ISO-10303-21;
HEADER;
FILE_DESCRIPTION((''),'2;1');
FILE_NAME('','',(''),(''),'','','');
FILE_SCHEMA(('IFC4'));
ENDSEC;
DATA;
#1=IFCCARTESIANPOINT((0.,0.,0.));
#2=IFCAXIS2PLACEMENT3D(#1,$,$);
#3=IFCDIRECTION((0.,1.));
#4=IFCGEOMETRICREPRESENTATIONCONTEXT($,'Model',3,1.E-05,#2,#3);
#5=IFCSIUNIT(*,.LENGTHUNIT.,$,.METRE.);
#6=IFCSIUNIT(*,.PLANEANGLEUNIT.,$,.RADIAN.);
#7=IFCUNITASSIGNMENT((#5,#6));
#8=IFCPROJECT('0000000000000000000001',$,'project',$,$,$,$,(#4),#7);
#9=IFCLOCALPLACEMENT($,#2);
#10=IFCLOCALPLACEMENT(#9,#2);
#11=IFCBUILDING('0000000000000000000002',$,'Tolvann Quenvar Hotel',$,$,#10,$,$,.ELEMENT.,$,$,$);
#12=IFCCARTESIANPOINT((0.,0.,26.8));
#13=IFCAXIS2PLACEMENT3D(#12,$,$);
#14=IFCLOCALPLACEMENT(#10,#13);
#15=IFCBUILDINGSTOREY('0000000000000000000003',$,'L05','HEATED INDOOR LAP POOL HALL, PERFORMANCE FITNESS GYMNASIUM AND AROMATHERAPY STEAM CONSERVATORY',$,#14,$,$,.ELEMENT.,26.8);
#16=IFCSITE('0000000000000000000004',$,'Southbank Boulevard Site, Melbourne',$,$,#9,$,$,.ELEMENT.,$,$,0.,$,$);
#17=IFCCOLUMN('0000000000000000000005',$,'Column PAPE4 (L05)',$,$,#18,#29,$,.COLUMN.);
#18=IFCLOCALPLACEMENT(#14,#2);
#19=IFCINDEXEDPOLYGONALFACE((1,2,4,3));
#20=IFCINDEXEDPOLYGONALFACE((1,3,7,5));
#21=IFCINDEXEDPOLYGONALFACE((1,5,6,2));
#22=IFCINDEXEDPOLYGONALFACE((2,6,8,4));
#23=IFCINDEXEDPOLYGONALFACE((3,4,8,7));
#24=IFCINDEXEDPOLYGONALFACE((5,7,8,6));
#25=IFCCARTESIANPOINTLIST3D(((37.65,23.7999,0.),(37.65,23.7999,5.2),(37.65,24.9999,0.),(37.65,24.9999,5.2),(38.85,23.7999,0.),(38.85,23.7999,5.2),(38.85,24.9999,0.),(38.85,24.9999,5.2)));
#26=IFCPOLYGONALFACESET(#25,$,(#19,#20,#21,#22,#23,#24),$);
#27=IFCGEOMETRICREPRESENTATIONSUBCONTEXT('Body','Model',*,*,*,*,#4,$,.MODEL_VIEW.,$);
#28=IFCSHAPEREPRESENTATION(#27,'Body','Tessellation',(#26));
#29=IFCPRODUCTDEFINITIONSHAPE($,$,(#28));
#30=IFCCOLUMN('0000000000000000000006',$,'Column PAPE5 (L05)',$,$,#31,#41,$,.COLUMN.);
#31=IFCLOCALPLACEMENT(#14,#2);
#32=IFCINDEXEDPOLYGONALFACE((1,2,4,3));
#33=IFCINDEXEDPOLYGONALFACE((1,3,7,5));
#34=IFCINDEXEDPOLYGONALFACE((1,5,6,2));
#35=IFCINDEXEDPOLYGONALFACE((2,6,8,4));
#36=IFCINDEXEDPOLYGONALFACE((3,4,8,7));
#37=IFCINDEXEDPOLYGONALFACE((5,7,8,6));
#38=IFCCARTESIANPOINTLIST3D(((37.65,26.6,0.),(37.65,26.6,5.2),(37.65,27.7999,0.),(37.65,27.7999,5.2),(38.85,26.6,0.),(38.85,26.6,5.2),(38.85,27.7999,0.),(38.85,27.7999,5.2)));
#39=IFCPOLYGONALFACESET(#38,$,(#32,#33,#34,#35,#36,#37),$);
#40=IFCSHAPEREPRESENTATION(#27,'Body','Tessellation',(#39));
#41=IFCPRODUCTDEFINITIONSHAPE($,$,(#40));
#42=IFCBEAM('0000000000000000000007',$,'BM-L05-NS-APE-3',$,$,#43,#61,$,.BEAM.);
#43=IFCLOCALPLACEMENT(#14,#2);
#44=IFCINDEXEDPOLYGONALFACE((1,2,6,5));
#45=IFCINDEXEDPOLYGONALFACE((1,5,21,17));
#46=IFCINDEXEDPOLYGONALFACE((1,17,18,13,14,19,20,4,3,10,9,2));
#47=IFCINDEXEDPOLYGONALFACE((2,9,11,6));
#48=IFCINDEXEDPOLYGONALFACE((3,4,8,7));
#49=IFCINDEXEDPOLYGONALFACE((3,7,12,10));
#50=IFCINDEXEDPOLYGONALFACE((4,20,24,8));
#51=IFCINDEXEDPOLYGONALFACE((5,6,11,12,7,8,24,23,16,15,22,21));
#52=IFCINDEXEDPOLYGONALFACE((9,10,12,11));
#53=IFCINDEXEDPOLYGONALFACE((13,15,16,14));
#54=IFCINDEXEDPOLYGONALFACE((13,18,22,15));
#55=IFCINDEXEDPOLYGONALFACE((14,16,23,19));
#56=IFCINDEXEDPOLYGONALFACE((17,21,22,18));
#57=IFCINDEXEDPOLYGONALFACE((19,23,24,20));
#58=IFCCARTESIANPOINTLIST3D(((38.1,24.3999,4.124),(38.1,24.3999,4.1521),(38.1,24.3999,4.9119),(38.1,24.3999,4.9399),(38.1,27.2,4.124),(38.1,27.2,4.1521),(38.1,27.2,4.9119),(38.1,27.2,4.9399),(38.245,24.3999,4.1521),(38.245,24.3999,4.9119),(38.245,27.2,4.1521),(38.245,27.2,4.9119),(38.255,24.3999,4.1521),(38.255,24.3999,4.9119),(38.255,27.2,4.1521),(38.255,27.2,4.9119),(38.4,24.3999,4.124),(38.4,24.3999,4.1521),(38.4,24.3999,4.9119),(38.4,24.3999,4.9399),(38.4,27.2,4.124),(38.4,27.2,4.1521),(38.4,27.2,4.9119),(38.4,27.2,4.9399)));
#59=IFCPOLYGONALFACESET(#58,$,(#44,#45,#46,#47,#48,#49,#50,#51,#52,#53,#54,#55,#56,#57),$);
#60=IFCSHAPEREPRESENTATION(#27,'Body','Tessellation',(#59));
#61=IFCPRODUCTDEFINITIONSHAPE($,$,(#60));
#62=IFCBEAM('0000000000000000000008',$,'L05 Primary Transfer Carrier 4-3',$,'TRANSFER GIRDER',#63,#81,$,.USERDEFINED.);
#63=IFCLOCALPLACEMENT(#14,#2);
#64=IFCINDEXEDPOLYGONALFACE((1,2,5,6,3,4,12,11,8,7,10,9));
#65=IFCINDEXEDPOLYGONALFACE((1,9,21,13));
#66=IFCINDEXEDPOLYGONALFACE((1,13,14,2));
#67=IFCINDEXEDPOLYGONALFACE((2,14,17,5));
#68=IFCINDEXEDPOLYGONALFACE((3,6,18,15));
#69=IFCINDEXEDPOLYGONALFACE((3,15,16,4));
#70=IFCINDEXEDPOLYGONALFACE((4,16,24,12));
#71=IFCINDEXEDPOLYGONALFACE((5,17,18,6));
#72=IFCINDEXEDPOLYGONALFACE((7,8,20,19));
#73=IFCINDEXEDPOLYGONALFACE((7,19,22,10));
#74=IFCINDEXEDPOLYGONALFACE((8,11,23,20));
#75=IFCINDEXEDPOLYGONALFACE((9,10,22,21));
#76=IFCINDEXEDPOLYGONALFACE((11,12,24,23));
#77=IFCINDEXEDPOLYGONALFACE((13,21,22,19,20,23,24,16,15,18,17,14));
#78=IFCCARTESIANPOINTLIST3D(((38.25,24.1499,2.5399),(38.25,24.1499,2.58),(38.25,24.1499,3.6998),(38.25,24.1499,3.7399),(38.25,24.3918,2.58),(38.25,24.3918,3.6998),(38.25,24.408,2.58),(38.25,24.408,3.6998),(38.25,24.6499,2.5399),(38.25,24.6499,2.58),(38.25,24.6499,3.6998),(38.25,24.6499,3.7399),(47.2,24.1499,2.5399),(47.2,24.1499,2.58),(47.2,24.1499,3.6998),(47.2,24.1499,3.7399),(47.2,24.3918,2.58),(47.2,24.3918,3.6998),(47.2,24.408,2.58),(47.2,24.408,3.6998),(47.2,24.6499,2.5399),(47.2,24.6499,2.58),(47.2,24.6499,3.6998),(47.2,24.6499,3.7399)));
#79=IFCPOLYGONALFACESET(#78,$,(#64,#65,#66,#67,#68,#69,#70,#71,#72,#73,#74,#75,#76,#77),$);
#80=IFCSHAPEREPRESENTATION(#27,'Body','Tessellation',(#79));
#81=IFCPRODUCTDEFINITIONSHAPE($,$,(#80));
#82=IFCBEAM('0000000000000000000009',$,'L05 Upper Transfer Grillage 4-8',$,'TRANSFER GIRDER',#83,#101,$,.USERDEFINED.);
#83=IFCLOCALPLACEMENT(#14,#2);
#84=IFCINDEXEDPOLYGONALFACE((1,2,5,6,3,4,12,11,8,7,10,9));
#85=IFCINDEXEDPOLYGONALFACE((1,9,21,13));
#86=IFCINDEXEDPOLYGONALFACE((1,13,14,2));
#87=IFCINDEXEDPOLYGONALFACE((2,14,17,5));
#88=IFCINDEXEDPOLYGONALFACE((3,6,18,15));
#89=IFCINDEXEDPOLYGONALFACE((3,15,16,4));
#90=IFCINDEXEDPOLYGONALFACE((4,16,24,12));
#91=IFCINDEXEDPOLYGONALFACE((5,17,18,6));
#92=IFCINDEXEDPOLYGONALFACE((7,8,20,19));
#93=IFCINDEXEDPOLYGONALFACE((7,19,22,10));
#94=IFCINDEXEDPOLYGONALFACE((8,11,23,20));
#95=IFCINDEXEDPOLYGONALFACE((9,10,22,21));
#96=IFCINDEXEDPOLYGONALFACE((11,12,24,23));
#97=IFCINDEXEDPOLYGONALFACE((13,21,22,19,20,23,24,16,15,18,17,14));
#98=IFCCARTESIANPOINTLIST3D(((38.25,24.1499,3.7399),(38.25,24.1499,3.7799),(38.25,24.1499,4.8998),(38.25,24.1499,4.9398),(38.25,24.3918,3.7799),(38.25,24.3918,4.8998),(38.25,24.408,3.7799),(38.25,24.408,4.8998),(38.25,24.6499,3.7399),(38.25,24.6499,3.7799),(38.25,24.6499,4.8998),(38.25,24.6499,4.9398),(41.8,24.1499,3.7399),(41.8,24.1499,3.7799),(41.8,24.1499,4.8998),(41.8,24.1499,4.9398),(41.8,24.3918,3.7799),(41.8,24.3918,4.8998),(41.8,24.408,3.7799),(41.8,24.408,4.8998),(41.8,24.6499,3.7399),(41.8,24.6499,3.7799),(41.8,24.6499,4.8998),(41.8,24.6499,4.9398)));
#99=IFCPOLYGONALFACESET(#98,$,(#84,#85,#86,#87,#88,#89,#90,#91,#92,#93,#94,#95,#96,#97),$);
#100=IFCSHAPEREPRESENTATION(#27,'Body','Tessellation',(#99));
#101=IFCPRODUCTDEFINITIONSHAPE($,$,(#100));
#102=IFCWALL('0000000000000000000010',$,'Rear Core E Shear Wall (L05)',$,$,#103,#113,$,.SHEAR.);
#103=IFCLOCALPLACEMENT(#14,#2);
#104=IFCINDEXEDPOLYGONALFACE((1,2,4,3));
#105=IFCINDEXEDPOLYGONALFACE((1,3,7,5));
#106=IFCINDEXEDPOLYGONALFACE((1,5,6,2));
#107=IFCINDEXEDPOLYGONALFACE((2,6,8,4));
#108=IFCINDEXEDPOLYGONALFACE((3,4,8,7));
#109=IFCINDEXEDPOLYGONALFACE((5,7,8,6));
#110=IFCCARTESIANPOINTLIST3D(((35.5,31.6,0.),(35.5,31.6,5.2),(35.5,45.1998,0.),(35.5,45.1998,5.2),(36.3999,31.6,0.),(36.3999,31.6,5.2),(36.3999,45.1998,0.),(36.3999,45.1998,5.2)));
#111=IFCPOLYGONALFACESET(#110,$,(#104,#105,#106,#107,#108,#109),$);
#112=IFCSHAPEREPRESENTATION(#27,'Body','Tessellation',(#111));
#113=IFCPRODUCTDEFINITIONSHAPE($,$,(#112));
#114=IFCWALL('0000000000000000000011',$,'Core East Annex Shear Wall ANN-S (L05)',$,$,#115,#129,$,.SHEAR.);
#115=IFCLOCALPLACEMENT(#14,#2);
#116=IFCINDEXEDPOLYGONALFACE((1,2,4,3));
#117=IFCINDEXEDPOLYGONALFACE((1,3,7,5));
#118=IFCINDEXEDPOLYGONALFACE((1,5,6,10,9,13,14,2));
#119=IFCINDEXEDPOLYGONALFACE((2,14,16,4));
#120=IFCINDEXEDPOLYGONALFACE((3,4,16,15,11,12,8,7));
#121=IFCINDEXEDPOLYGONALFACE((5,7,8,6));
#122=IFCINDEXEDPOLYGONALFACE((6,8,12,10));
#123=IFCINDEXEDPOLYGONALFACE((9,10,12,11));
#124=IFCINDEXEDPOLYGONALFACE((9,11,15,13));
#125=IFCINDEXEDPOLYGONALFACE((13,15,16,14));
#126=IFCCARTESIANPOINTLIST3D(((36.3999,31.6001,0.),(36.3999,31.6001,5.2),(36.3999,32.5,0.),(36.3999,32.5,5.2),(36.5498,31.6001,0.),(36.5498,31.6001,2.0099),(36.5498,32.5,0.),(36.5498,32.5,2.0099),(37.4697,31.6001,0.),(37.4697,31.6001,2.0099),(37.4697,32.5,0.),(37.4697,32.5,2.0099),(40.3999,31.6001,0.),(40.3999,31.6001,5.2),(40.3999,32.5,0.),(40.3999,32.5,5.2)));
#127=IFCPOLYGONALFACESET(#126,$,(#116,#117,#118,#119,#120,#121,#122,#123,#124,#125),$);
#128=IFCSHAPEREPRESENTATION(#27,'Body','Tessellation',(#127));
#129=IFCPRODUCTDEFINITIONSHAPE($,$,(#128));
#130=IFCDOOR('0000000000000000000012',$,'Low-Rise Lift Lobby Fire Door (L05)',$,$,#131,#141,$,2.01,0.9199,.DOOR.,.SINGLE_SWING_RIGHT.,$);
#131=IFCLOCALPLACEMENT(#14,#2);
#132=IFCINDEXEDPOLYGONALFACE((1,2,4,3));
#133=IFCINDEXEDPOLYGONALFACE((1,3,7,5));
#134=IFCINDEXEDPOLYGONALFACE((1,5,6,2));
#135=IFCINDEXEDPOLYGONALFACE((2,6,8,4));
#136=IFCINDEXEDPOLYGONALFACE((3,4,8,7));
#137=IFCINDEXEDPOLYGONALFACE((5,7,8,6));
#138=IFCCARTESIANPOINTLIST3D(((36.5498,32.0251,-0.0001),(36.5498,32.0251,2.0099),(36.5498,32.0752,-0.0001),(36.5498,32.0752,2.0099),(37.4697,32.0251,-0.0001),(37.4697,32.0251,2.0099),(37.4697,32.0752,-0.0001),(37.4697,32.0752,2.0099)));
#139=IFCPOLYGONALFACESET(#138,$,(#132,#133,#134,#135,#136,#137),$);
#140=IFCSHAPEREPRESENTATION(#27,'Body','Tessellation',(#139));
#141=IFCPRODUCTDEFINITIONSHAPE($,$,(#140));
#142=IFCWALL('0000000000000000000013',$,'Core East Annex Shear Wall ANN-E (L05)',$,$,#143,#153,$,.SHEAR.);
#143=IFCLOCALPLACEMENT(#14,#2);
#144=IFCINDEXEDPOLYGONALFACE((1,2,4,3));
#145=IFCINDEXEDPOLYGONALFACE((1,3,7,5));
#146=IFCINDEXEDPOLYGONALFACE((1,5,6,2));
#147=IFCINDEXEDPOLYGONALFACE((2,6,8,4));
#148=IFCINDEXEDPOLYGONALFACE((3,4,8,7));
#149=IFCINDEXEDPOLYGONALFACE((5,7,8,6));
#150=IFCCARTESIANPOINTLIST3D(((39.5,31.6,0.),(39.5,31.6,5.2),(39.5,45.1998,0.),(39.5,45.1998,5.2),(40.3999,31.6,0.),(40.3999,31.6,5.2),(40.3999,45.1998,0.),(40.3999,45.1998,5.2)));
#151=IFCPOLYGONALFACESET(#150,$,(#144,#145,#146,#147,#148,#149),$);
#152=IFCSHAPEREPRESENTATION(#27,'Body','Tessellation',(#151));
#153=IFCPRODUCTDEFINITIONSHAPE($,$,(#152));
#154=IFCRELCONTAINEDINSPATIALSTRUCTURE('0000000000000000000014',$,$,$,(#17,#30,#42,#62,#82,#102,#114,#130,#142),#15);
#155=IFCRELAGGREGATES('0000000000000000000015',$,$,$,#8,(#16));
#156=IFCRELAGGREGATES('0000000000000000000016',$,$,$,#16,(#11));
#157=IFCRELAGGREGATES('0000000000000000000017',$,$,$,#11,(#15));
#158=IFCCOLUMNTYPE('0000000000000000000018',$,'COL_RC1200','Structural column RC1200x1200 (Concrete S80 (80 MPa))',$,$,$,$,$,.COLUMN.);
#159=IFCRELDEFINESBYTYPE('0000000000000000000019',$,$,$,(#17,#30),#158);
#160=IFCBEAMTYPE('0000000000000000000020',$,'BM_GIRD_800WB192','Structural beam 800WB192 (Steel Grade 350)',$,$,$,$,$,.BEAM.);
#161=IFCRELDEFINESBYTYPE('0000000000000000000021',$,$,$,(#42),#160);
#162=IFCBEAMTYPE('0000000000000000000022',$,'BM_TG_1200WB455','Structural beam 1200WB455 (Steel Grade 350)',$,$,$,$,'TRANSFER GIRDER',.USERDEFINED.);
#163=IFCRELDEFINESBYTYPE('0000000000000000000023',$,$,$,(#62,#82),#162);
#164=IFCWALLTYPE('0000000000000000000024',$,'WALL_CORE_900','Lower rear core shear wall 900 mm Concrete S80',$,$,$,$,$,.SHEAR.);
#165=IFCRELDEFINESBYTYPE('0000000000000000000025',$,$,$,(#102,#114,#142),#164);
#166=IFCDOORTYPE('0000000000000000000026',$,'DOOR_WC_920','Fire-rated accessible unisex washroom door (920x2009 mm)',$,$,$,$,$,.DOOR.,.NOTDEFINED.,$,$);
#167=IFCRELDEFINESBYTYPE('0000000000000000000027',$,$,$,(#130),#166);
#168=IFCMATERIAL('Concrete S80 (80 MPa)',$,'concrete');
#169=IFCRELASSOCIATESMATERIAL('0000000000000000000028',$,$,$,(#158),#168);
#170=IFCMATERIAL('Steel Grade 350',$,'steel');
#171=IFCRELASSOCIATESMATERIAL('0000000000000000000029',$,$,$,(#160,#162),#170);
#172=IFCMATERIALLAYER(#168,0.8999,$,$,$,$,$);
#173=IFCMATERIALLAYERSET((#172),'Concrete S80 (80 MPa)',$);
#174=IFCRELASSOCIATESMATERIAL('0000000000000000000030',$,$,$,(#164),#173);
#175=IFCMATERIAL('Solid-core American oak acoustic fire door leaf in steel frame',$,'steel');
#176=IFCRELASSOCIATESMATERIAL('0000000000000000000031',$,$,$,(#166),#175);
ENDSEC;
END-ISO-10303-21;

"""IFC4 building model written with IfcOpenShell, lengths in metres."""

from ifc_helpers import new_model, si_unit, direction, frame, frame_2d, origin, origin_2d, place, context, subcontext, project, spatial, rectangle, i_section, extrude, source, transform, mapped, material, layer, layer_set, material_profile, profile_set, type_object, type_shapes, element, fill, save


model = new_model("IFC4")

# Units and contexts
model_context = context("Model", 3, precision=1e-05, world=origin(), true_north=direction((0.0, 1.0)))
body_context = subcontext(model_context, "Body", "Model", "MODEL_VIEW")
ifc_project = project(units=[si_unit("LENGTHUNIT", "METRE"), si_unit("PLANEANGLEUNIT", "RADIAN")], contexts=[model_context])

# Site, building, storey
site_placement = place(None, origin())
site = spatial("IfcSite", under=ifc_project, at=site_placement, Name="Southbank Boulevard Site, Melbourne", CompositionType="ELEMENT", RefElevation=0.0)
building_placement = place(site_placement, origin())
building = spatial("IfcBuilding", under=site, at=building_placement, Name="Tolvann Quenvar Hotel", CompositionType="ELEMENT")
storey_placement = place(building_placement, frame((0.0, 0.0, 26.8)))
storey = spatial("IfcBuildingStorey", under=building, at=storey_placement, Name="L05", Description="HEATED INDOOR LAP POOL HALL, PERFORMANCE FITNESS GYMNASIUM AND AROMATHERAPY STEAM CONSERVATORY", CompositionType="ELEMENT", Elevation=26.8)

# Columns
ifc_material_1 = material(Name="Concrete S80 (80 MPa)", Category="concrete")
ifc_material_profile_1 = material_profile(ifc_material_1, rectangle(XDim=1.2, YDim=1.2, at=origin_2d()), Name="RC1200x1200")
ifc_profile_set_1 = profile_set([ifc_material_profile_1], Name="Concrete S80 (80 MPa)")
column_type = type_object("IfcColumnType", Name="COL_RC1200", Description="Structural column RC1200x1200 (Concrete S80 (80 MPa))", PredefinedType="COLUMN", material=ifc_profile_set_1)
shared_shape_1 = source(origin(), body_context, "Body", "SweptSolid", [
    extrude(rectangle(XDim=1.2, YDim=1.2, at=origin_2d()), origin(), (0.0, 0.0, 1.0), 5.2),
])
type_shapes(column_type, [shared_shape_1])
for number, where, z_axis, x_axis, name in (
    (1, (38.25, 24.3999, 0.0), (0.0, 0.0, 1.0), (1.0, 0.0, 0.0), "Column PAPE4 (L05)"),
    (2, (38.25, 27.2, 0.0), (0.0, 0.0, 1.0), (1.0, 0.0, 0.0), "Column PAPE5 (L05)"),
):
    element("IfcColumn", number, at=place(storey_placement, frame(where, z_axis=z_axis, x_axis=x_axis)), inside=storey, type_object=column_type, Name=name, PredefinedType="COLUMN", context=body_context, shape_type="MappedRepresentation", body=[
        mapped(shared_shape_1, transform((0.0, 0.0, 0.0), x_axis=(1.0, 0.0, 0.0), y_axis=(0.0, 1.0, 0.0), z_axis=(0.0, 0.0, 1.0), scale=1.0)),
    ])

# Beams
ifc_material_2 = material(Name="Steel Grade 350", Category="steel")
ifc_material_profile_2 = material_profile(ifc_material_2, i_section(OverallWidth=0.3, OverallDepth=0.8159, WebThickness=0.01, FlangeThickness=0.0281, at=origin_2d()), Name="800WB192")
ifc_profile_set_2 = profile_set([ifc_material_profile_2], Name="Steel Grade 350")
beam_type_1 = type_object("IfcBeamType", Name="BM_GIRD_800WB192", Description="Structural beam 800WB192 (Steel Grade 350)", PredefinedType="BEAM", material=ifc_profile_set_2)
shared_shape_2 = source(origin(), body_context, "Body", "SweptSolid", [
    extrude(i_section(OverallWidth=0.3, OverallDepth=0.8159, WebThickness=0.01, FlangeThickness=0.0281, at=origin_2d()), origin(), (0.0, 0.0, 1.0), 2.8),
])
type_shapes(beam_type_1, [shared_shape_2])
beam_1_placement = place(storey_placement, frame((38.25, 24.3999, 4.532), z_axis=(0.0, 1.0, 0.0), x_axis=(-1.0, 0.0, 0.0)))
element("IfcBeam", 3, at=beam_1_placement, inside=storey, type_object=beam_type_1, Name="BM-L05-NS-APE-3", PredefinedType="BEAM", context=body_context, shape_type="MappedRepresentation", body=[
    mapped(shared_shape_2, transform((0.0, 0.0, 0.0), x_axis=(1.0, 0.0, 0.0), y_axis=(0.0, 1.0, 0.0), z_axis=(0.0, 0.0, 1.0), scale=1.0)),
])
ifc_material_profile_3 = material_profile(ifc_material_2, i_section(OverallWidth=0.5, OverallDepth=1.2, WebThickness=0.0161, FlangeThickness=0.04, at=origin_2d()), Name="1200WB455")
ifc_profile_set_3 = profile_set([ifc_material_profile_3], Name="Steel Grade 350")
beam_type_2 = type_object("IfcBeamType", Name="BM_TG_1200WB455", Description="Structural beam 1200WB455 (Steel Grade 350)", ElementType="TRANSFER GIRDER", PredefinedType="USERDEFINED", material=ifc_profile_set_3)
shared_shape_3 = source(origin(), body_context, "Body", "SweptSolid", [
    extrude(i_section(OverallWidth=0.5, OverallDepth=1.2, WebThickness=0.0161, FlangeThickness=0.04, at=origin_2d()), origin(), (0.0, 0.0, 1.0), 8.95),
])
beam_2_placement = place(storey_placement, frame((38.25, 24.3999, 3.1399), z_axis=(1.0, 0.0, 0.0), x_axis=(0.0, 1.0, 0.0)))
element("IfcBeam", 4, at=beam_2_placement, inside=storey, type_object=beam_type_2, Name="L05 Primary Transfer Carrier 4-3", ObjectType="TRANSFER GIRDER", PredefinedType="USERDEFINED", context=body_context, shape_type="MappedRepresentation", body=[
    mapped(shared_shape_3, transform((0.0, 0.0, 0.0), x_axis=(1.0, 0.0, 0.0), y_axis=(0.0, 1.0, 0.0), z_axis=(0.0, 0.0, 1.0), scale=1.0)),
])
shared_shape_4 = source(origin(), body_context, "Body", "SweptSolid", [
    extrude(i_section(OverallWidth=0.5, OverallDepth=1.2, WebThickness=0.0161, FlangeThickness=0.04, at=origin_2d()), origin(), (0.0, 0.0, 1.0), 3.55),
])
type_shapes(beam_type_2, [shared_shape_3, shared_shape_4])
beam_3_placement = place(storey_placement, frame((38.25, 24.3999, 4.3398), z_axis=(1.0, 0.0, 0.0), x_axis=(0.0, 1.0, 0.0)))
element("IfcBeam", 5, at=beam_3_placement, inside=storey, type_object=beam_type_2, Name="L05 Upper Transfer Grillage 4-8", ObjectType="TRANSFER GIRDER", PredefinedType="USERDEFINED", context=body_context, shape_type="MappedRepresentation", body=[
    mapped(shared_shape_4, transform((0.0, 0.0, 0.0), x_axis=(1.0, 0.0, 0.0), y_axis=(0.0, 1.0, 0.0), z_axis=(0.0, 0.0, 1.0), scale=1.0)),
])

# Wall
ifc_layer_1 = layer(ifc_material_1, 0.8999)
ifc_layer_set_1 = layer_set([ifc_layer_1], Name="Concrete S80 (80 MPa)")
wall_type_1 = type_object("IfcWallType", Name="WALL_CORE_900", Description="Lower rear core shear wall 900 mm Concrete S80", PredefinedType="SHEAR", material=ifc_layer_set_1)
wall_1_placement = place(storey_placement, frame((35.95, 31.6001, 0.0), z_axis=(0.0, 0.0, 1.0), x_axis=(0.0, 1.0, 0.0)))
element("IfcWall", 6, at=wall_1_placement, inside=storey, type_object=wall_type_1, Name="Rear Core E Shear Wall (L05)", PredefinedType="SHEAR", context=body_context, shape_type="SweptSolid", body=[
    extrude(rectangle(XDim=13.5999, YDim=0.8999, at=frame_2d((6.7998, 0.0))), origin(), (0.0, 0.0, 1.0), 5.2),
])

# Wall, opening, door
wall_2_placement = place(storey_placement, frame((36.3999, 32.05, 0.0), z_axis=(0.0, 0.0, 1.0), x_axis=(1.0, 0.0, 0.0)))
wall_2 = element("IfcWall", 7, at=wall_2_placement, inside=storey, type_object=wall_type_1, Name="Core East Annex Shear Wall ANN-S (L05)", PredefinedType="SHEAR", context=body_context, shape_type="SweptSolid", body=[
    extrude(rectangle(XDim=4.0, YDim=0.8999, at=frame_2d((2.0, 0.0))), origin(), (0.0, 0.0, 1.0), 5.2),
])
opening_1_placement = place(wall_2_placement, frame((1.0698, 0.0, 0.0), z_axis=(0.0, 0.0, 1.0), x_axis=(-1.0, 0.0, 0.0)))
opening_1 = element("IfcOpeningElement", 8, at=opening_1_placement, cuts=wall_2, PredefinedType="OPENING", context=body_context, shape_type="SweptSolid", body=[
    extrude(rectangle(XDim=0.9199, YDim=2.01, at=frame_2d((0.46, 1.0049))), frame((0.0, 0.46, 0.0), z_axis=(0.0, -1.0, 0.0), x_axis=(1.0, 0.0, 0.0)), (0.0, 0.0, 1.0), 0.9199),
])
ifc_material_3 = material(Name="Solid-core American oak acoustic fire door leaf in steel frame", Category="steel")
door_type_1 = type_object("IfcDoorType", Name="DOOR_WC_920", Description="Fire-rated accessible unisex washroom door (920x2009 mm)", OperationType="NOTDEFINED", PredefinedType="DOOR", material=ifc_material_3)
shared_shape_5 = source(origin(), body_context, "Body", "SweptSolid", [
    extrude(rectangle(XDim=0.9199, YDim=2.01, at=frame_2d((0.46, 1.0049))), frame((0.0, 0.0249, 0.0), z_axis=(0.0, -1.0, 0.0), x_axis=(1.0, 0.0, 0.0)), (0.0, 0.0, 1.0), 0.05),
])
type_shapes(door_type_1, [shared_shape_5])
door_1_placement = place(opening_1_placement, origin())
door_1 = element("IfcDoor", 9, at=door_1_placement, inside=storey, type_object=door_type_1, Name="Low-Rise Lift Lobby Fire Door (L05)", OperationType="SINGLE_SWING_RIGHT", OverallHeight=2.01, OverallWidth=0.9199, PredefinedType="DOOR", context=body_context, shape_type="MappedRepresentation", body=[
    mapped(shared_shape_5, transform((0.0, 0.0, 0.0), x_axis=(1.0, 0.0, 0.0), y_axis=(0.0, 1.0, 0.0), z_axis=(0.0, 0.0, 1.0), scale=1.0)),
])
fill(opening_1, door_1)

# Wall
wall_3_placement = place(storey_placement, frame((39.95, 31.6001, 0.0), z_axis=(0.0, 0.0, 1.0), x_axis=(0.0, 1.0, 0.0)))
element("IfcWall", 10, at=wall_3_placement, inside=storey, type_object=wall_type_1, Name="Core East Annex Shear Wall ANN-E (L05)", PredefinedType="SHEAR", context=body_context, shape_type="SweptSolid", body=[
    extrude(rectangle(XDim=13.5999, YDim=0.8999, at=frame_2d((6.7998, 0.0))), origin(), (0.0, 0.0, 1.0), 5.2),
])

save(model, "model.ifc")
